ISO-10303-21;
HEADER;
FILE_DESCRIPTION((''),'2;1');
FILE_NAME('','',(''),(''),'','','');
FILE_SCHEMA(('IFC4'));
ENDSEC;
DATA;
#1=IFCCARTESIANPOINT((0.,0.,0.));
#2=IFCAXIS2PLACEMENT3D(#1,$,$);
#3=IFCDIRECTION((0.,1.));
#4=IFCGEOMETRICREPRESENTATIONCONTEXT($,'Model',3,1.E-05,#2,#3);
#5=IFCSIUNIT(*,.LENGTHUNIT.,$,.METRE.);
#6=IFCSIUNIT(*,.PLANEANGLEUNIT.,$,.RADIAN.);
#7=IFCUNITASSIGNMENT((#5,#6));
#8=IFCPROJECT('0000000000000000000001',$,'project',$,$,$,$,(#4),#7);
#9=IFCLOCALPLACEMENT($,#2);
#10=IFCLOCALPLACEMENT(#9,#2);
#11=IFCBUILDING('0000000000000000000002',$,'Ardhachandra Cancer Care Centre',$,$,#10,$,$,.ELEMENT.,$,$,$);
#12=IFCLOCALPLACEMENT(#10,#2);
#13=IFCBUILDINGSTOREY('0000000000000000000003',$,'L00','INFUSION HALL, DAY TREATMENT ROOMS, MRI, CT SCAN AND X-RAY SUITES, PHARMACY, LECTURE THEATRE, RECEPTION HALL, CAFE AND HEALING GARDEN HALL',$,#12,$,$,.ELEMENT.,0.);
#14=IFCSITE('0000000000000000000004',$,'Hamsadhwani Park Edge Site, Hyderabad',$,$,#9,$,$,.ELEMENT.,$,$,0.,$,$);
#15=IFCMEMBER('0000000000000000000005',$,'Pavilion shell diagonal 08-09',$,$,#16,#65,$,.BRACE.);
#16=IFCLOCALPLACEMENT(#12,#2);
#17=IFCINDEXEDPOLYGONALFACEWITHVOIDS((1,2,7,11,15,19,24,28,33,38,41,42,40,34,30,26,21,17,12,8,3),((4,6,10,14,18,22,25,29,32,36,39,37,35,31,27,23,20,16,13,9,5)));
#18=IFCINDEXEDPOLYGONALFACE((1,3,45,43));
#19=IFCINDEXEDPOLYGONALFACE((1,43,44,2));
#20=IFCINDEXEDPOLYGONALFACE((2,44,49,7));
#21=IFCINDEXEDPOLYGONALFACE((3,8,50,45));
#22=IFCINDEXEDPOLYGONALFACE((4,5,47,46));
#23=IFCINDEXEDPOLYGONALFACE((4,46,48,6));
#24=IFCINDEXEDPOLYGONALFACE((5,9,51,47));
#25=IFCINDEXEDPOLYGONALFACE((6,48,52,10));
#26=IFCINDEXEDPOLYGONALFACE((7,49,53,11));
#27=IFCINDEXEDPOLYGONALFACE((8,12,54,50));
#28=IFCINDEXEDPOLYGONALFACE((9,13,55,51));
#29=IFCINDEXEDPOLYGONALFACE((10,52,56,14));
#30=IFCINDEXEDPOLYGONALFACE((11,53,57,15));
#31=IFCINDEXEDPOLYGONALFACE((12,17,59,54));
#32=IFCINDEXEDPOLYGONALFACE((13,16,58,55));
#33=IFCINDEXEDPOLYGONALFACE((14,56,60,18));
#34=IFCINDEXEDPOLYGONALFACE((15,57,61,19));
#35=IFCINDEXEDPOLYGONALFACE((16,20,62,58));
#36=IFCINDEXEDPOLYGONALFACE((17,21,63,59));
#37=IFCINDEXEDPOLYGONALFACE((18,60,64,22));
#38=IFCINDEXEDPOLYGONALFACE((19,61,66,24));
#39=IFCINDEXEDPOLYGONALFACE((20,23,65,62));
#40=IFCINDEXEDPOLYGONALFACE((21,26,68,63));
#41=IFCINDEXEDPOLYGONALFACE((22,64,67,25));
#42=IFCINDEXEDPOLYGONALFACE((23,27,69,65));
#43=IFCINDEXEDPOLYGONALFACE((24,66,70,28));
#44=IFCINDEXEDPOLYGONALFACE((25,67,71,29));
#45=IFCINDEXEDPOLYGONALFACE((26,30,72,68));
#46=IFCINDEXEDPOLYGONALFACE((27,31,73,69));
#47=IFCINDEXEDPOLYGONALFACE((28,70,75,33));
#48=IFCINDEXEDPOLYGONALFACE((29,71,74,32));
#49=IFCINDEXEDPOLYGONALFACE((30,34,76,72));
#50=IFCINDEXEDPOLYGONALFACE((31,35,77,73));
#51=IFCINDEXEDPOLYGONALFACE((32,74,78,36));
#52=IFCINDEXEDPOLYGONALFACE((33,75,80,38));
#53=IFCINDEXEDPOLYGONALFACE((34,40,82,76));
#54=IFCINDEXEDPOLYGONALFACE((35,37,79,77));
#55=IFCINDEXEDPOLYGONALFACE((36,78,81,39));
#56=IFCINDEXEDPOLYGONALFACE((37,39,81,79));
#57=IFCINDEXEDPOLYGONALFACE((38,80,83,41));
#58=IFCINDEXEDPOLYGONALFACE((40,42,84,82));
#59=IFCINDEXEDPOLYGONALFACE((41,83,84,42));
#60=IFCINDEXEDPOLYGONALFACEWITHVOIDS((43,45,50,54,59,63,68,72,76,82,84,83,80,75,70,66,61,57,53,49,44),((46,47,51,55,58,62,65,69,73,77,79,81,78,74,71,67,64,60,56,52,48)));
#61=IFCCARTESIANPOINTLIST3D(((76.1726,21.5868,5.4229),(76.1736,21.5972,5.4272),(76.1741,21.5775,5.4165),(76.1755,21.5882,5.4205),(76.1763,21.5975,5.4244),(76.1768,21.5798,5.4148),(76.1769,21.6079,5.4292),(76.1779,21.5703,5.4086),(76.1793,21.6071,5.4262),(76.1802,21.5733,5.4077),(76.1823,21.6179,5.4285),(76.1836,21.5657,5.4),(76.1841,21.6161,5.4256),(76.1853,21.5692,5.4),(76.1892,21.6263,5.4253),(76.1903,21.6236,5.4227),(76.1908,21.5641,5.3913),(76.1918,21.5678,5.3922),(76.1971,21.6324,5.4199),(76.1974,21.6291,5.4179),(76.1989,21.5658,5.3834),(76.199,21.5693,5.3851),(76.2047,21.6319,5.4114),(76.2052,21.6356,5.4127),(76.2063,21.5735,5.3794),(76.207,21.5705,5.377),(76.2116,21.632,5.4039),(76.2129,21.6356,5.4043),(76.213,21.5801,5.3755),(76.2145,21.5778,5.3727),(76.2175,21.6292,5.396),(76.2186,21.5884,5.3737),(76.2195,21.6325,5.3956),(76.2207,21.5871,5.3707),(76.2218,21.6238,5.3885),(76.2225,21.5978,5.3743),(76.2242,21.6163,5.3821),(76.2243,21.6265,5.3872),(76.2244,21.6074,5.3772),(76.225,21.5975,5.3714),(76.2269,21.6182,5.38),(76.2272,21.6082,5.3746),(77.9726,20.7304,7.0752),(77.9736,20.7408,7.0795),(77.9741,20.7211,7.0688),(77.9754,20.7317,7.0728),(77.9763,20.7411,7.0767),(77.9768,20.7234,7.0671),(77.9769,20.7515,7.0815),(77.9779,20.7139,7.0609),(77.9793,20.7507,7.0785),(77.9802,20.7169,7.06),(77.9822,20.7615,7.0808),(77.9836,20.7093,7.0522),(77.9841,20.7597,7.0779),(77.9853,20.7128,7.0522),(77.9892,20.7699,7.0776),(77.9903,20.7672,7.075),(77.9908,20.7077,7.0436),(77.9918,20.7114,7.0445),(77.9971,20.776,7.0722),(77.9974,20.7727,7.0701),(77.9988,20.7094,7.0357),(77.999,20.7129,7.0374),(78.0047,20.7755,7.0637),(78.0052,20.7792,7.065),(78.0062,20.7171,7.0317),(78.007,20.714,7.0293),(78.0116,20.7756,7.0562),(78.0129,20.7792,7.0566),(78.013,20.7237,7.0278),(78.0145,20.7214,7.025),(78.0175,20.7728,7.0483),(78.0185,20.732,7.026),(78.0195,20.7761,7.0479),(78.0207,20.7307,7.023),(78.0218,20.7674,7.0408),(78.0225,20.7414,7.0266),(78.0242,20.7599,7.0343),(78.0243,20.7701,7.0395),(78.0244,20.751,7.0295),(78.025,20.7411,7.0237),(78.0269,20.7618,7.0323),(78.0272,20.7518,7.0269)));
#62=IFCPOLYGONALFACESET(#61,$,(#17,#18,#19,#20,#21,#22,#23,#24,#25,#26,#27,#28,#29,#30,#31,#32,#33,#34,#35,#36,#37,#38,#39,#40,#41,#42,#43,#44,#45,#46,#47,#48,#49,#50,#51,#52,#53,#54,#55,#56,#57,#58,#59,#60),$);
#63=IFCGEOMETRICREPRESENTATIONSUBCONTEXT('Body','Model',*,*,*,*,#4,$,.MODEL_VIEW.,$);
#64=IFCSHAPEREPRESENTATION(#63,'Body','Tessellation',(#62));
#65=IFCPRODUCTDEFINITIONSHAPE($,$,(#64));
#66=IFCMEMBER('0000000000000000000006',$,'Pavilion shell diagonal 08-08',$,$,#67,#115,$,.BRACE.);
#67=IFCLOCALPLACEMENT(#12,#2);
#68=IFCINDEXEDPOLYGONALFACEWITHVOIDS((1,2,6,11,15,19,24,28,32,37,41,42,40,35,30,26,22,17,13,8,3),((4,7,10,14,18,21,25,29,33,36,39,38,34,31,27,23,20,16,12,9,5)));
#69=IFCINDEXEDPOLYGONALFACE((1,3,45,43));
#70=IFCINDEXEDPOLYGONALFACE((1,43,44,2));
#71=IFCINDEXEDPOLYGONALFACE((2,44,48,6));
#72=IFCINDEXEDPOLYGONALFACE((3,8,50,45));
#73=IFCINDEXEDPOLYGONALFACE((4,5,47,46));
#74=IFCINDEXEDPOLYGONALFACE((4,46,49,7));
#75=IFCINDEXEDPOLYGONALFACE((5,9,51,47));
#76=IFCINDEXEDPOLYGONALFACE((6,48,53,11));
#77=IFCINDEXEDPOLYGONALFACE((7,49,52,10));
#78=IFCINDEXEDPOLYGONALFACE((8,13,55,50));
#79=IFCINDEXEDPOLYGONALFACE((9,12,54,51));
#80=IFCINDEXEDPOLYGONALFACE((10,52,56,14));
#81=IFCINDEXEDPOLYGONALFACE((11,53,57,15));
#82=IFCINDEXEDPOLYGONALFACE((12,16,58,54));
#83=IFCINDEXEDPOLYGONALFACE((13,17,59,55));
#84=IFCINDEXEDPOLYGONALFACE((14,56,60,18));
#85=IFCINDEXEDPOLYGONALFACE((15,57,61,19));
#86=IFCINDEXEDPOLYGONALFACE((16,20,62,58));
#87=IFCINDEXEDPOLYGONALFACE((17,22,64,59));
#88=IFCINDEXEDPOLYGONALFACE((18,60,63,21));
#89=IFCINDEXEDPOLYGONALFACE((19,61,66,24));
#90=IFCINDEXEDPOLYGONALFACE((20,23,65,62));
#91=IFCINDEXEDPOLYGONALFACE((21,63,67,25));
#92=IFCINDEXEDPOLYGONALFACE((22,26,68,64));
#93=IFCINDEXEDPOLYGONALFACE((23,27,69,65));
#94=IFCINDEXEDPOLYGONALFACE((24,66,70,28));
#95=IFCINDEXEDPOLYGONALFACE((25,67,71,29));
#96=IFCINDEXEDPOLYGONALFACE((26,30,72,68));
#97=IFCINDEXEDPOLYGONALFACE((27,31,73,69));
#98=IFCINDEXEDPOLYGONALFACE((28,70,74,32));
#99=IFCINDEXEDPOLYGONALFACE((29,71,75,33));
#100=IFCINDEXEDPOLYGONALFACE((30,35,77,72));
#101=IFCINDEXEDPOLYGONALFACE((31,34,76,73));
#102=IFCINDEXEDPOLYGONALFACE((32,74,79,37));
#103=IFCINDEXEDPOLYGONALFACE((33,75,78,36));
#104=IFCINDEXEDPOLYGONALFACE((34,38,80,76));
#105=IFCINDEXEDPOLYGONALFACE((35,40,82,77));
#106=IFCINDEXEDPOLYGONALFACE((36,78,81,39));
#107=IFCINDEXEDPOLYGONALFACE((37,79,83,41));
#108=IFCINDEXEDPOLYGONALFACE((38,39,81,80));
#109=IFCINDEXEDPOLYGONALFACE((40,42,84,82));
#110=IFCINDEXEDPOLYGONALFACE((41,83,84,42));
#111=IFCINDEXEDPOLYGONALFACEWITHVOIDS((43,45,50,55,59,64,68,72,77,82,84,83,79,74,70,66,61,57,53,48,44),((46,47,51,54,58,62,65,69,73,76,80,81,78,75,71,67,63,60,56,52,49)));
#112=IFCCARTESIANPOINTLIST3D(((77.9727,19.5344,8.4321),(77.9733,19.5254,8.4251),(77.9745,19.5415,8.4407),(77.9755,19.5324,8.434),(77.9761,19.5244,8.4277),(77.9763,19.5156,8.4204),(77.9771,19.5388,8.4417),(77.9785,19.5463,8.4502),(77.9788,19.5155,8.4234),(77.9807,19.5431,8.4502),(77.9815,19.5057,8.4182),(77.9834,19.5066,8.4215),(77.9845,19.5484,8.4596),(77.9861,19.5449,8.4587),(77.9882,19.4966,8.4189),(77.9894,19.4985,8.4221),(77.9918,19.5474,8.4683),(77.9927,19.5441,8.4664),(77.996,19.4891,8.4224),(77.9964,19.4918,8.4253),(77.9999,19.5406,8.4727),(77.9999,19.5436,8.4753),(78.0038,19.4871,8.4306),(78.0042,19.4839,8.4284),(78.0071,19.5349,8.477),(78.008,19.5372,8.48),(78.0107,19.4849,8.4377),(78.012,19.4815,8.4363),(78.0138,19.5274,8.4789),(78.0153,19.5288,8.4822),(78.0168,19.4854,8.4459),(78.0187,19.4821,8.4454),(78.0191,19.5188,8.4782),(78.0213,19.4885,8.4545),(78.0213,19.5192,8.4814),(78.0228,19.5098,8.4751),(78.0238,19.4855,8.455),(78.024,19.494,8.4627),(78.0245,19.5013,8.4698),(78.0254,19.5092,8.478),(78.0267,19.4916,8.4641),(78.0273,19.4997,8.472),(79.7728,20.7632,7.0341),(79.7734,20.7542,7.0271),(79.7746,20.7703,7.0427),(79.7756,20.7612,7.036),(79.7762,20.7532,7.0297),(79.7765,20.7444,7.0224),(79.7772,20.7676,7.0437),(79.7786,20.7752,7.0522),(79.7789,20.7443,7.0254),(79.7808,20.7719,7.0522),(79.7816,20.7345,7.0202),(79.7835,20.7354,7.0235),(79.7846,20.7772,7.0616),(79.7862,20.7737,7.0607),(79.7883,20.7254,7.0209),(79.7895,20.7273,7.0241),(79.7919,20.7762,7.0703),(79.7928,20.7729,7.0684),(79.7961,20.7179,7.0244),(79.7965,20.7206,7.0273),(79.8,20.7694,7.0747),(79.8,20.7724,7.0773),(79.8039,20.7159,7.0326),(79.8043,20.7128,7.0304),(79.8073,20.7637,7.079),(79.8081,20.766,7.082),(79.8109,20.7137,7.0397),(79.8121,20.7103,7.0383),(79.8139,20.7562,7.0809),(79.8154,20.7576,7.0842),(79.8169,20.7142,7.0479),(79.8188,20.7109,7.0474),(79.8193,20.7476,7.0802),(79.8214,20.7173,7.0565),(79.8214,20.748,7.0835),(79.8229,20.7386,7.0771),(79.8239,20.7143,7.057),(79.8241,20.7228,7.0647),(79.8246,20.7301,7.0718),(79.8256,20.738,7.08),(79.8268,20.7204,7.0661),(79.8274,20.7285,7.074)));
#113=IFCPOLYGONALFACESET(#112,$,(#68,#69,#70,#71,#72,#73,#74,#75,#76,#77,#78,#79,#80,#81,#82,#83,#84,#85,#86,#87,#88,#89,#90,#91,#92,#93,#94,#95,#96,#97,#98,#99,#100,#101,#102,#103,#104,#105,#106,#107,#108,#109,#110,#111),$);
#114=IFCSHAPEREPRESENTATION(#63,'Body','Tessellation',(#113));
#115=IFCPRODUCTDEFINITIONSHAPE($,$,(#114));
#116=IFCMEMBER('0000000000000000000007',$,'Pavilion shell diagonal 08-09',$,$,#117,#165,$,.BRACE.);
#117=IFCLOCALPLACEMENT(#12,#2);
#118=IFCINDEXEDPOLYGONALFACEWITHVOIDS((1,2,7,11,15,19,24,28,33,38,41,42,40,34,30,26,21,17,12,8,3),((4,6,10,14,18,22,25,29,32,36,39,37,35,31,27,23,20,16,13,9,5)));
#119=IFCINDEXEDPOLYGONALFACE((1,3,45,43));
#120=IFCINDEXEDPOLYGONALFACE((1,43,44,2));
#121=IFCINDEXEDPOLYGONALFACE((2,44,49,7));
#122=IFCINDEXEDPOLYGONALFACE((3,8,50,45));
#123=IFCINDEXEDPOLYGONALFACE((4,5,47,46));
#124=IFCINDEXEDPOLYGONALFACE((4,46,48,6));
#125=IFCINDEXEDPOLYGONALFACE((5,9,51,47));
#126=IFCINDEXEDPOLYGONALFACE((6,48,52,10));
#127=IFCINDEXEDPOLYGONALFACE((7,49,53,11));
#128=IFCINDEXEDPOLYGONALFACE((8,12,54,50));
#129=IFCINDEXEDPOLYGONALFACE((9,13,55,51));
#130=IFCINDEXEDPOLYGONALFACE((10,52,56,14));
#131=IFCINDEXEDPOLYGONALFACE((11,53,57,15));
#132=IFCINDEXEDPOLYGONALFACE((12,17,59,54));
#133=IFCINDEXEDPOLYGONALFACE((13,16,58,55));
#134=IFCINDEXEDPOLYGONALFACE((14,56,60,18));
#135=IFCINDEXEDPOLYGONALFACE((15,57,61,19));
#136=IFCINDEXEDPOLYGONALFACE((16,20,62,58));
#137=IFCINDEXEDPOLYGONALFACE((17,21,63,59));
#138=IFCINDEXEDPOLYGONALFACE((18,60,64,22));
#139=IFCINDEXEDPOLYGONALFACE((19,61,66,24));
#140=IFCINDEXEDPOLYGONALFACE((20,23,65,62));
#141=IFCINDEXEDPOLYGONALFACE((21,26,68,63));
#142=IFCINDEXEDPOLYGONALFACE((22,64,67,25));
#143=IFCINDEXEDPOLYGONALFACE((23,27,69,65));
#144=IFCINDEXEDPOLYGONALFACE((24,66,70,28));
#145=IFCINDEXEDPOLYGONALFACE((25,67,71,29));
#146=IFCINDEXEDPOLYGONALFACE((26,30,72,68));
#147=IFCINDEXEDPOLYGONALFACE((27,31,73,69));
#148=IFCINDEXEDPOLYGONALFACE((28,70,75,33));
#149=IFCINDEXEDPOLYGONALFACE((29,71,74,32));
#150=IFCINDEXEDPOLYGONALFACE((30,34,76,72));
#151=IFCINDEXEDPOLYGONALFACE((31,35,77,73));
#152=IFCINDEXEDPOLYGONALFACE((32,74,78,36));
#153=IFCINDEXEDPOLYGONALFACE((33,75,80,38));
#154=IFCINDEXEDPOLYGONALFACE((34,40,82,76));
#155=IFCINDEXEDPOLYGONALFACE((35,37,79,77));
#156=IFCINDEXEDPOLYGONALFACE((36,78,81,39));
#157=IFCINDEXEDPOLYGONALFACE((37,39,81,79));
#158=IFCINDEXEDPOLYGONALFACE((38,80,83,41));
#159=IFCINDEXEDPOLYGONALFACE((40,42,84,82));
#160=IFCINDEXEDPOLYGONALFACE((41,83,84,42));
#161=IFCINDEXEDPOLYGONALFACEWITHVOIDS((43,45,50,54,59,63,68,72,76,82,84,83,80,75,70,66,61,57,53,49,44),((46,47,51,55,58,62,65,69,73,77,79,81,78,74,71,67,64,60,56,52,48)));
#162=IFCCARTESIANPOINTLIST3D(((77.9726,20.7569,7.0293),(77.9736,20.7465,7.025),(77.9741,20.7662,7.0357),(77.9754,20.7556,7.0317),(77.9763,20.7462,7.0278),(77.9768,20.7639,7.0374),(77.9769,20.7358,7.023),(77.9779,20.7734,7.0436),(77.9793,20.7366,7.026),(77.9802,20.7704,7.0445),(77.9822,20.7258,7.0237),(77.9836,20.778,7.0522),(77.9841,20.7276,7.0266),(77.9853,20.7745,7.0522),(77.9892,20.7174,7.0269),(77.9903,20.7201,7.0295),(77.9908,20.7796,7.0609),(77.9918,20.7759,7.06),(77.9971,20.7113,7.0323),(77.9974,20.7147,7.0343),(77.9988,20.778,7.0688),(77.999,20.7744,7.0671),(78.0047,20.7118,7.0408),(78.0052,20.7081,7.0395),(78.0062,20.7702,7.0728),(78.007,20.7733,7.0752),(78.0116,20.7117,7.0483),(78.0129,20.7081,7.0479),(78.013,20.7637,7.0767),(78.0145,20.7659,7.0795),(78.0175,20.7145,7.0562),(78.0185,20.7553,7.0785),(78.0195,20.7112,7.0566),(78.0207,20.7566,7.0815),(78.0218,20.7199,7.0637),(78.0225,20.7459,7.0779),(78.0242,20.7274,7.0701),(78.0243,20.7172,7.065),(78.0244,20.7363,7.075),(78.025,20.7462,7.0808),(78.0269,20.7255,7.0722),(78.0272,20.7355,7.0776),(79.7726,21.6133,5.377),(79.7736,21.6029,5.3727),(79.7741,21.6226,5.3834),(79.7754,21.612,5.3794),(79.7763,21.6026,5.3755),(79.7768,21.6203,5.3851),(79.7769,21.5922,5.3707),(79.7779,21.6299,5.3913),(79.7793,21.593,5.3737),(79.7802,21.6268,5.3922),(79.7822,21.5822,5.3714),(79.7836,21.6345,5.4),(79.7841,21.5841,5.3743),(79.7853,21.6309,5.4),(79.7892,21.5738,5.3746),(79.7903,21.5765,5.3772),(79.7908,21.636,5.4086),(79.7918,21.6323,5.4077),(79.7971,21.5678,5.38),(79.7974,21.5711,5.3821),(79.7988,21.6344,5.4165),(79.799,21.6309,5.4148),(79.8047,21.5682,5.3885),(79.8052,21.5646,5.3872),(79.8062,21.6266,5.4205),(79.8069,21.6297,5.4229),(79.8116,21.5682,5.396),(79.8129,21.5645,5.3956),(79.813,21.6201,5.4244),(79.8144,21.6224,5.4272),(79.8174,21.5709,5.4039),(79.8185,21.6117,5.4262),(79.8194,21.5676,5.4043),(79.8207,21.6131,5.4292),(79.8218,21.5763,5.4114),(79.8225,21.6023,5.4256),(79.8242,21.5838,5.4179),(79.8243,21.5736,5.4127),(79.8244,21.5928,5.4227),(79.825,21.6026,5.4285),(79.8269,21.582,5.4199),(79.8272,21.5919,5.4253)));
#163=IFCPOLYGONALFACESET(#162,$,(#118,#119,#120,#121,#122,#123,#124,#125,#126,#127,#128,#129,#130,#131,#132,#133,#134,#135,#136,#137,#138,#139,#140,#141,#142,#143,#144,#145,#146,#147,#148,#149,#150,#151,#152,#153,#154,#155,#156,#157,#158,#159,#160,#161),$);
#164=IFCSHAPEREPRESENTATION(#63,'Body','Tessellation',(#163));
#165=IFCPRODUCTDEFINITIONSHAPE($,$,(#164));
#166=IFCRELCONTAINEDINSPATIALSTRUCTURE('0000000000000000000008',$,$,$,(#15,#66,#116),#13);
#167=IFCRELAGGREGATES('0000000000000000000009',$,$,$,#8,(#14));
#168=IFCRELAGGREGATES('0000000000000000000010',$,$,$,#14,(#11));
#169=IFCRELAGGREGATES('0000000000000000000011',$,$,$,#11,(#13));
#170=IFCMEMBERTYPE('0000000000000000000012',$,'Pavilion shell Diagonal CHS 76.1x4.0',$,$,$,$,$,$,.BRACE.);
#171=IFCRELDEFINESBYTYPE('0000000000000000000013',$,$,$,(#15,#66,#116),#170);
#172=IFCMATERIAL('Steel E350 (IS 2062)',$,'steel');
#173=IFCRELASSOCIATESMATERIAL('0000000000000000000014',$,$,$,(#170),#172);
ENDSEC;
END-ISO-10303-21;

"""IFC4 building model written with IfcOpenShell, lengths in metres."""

from ifc_helpers import new_model, si_unit, direction, frame, origin, origin_2d, place, context, subcontext, project, spatial, hollow_circle, extrude, material, material_profile, profile_set, type_object, element, save


model = new_model("IFC4")

# Units and contexts
model_context = context("Model", 3, precision=1e-05, world=origin(), true_north=direction((0.0, 1.0)))
body_context = subcontext(model_context, "Body", "Model", "MODEL_VIEW")
ifc_project = project(units=[si_unit("LENGTHUNIT", "METRE"), si_unit("PLANEANGLEUNIT", "RADIAN")], contexts=[model_context])

# Site, building, storey
site_placement = place(None, origin())
site = spatial("IfcSite", under=ifc_project, at=site_placement, Name="Hamsadhwani Park Edge Site, Hyderabad", CompositionType="ELEMENT", RefElevation=0.0)
building_placement = place(site_placement, origin())
building = spatial("IfcBuilding", under=site, at=building_placement, Name="Ardhachandra Cancer Care Centre", CompositionType="ELEMENT")
storey_placement = place(building_placement, origin())
storey = spatial("IfcBuildingStorey", under=building, at=storey_placement, Name="L00", Description="INFUSION HALL, DAY TREATMENT ROOMS, MRI, CT SCAN AND X-RAY SUITES, PHARMACY, LECTURE THEATRE, RECEPTION HALL, CAFE AND HEALING GARDEN HALL", CompositionType="ELEMENT", Elevation=0.0)

# Members
ifc_material_1 = material(Name="Steel E350 (IS 2062)", Category="steel")
ifc_material_profile_1 = material_profile(ifc_material_1, hollow_circle(Radius=0.0381, WallThickness=0.0039, at=origin_2d()), Name="CHS 76.1x4.0")
ifc_profile_set_1 = profile_set([ifc_material_profile_1], Name="Steel E350 (IS 2062)")
member_type_1 = type_object("IfcMemberType", Name="Pavilion shell Diagonal CHS 76.1x4.0", PredefinedType="BRACE", material=ifc_profile_set_1)
member_1_placement = place(storey_placement, frame((78.0, 20.7437, 7.0522), z_axis=(-0.695216, 0.330777, -0.63817), x_axis=(-0.429639, -0.903001, 0.0)))
element("IfcMember", 1, at=member_1_placement, inside=storey, type_object=member_type_1, Name="Pavilion shell diagonal 08-09", PredefinedType="BRACE", context=body_context, shape_type="SweptSolid", body=[
    extrude(hollow_circle(Radius=0.0381, WallThickness=0.0039, at=origin_2d()), origin(), (0.0, 0.0, 1.0), 2.5891),
])
member_2_placement = place(storey_placement, frame((78.0, 19.5149, 8.4502), z_axis=(0.695197, 0.474559, -0.539902), x_axis=(-0.563792, 0.825917, 0.0)))
element("IfcMember", 2, at=member_2_placement, inside=storey, type_object=member_type_1, Name="Pavilion shell diagonal 08-08", PredefinedType="BRACE", context=body_context, shape_type="SweptSolid", body=[
    extrude(hollow_circle(Radius=0.0381, WallThickness=0.0039, at=origin_2d()), origin(), (0.0, 0.0, 1.0), 2.5894),
])
for number, where, z_axis, x_axis, name in (
    (3, (78.0, 20.7437, 7.0522), (0.695216, 0.330777, -0.63817), (-0.429639, 0.903001, 0.0), "Pavilion shell diagonal 08-09"),
):
    element("IfcMember", number, at=place(storey_placement, frame(where, z_axis=z_axis, x_axis=x_axis)), inside=storey, type_object=member_type_1, Name=name, PredefinedType="BRACE", context=body_context, shape_type="SweptSolid", body=[
        extrude(hollow_circle(Radius=0.0381, WallThickness=0.0039, at=origin_2d()), origin(), (0.0, 0.0, 1.0), 2.5891),
    ])

save(model, "model.ifc")
